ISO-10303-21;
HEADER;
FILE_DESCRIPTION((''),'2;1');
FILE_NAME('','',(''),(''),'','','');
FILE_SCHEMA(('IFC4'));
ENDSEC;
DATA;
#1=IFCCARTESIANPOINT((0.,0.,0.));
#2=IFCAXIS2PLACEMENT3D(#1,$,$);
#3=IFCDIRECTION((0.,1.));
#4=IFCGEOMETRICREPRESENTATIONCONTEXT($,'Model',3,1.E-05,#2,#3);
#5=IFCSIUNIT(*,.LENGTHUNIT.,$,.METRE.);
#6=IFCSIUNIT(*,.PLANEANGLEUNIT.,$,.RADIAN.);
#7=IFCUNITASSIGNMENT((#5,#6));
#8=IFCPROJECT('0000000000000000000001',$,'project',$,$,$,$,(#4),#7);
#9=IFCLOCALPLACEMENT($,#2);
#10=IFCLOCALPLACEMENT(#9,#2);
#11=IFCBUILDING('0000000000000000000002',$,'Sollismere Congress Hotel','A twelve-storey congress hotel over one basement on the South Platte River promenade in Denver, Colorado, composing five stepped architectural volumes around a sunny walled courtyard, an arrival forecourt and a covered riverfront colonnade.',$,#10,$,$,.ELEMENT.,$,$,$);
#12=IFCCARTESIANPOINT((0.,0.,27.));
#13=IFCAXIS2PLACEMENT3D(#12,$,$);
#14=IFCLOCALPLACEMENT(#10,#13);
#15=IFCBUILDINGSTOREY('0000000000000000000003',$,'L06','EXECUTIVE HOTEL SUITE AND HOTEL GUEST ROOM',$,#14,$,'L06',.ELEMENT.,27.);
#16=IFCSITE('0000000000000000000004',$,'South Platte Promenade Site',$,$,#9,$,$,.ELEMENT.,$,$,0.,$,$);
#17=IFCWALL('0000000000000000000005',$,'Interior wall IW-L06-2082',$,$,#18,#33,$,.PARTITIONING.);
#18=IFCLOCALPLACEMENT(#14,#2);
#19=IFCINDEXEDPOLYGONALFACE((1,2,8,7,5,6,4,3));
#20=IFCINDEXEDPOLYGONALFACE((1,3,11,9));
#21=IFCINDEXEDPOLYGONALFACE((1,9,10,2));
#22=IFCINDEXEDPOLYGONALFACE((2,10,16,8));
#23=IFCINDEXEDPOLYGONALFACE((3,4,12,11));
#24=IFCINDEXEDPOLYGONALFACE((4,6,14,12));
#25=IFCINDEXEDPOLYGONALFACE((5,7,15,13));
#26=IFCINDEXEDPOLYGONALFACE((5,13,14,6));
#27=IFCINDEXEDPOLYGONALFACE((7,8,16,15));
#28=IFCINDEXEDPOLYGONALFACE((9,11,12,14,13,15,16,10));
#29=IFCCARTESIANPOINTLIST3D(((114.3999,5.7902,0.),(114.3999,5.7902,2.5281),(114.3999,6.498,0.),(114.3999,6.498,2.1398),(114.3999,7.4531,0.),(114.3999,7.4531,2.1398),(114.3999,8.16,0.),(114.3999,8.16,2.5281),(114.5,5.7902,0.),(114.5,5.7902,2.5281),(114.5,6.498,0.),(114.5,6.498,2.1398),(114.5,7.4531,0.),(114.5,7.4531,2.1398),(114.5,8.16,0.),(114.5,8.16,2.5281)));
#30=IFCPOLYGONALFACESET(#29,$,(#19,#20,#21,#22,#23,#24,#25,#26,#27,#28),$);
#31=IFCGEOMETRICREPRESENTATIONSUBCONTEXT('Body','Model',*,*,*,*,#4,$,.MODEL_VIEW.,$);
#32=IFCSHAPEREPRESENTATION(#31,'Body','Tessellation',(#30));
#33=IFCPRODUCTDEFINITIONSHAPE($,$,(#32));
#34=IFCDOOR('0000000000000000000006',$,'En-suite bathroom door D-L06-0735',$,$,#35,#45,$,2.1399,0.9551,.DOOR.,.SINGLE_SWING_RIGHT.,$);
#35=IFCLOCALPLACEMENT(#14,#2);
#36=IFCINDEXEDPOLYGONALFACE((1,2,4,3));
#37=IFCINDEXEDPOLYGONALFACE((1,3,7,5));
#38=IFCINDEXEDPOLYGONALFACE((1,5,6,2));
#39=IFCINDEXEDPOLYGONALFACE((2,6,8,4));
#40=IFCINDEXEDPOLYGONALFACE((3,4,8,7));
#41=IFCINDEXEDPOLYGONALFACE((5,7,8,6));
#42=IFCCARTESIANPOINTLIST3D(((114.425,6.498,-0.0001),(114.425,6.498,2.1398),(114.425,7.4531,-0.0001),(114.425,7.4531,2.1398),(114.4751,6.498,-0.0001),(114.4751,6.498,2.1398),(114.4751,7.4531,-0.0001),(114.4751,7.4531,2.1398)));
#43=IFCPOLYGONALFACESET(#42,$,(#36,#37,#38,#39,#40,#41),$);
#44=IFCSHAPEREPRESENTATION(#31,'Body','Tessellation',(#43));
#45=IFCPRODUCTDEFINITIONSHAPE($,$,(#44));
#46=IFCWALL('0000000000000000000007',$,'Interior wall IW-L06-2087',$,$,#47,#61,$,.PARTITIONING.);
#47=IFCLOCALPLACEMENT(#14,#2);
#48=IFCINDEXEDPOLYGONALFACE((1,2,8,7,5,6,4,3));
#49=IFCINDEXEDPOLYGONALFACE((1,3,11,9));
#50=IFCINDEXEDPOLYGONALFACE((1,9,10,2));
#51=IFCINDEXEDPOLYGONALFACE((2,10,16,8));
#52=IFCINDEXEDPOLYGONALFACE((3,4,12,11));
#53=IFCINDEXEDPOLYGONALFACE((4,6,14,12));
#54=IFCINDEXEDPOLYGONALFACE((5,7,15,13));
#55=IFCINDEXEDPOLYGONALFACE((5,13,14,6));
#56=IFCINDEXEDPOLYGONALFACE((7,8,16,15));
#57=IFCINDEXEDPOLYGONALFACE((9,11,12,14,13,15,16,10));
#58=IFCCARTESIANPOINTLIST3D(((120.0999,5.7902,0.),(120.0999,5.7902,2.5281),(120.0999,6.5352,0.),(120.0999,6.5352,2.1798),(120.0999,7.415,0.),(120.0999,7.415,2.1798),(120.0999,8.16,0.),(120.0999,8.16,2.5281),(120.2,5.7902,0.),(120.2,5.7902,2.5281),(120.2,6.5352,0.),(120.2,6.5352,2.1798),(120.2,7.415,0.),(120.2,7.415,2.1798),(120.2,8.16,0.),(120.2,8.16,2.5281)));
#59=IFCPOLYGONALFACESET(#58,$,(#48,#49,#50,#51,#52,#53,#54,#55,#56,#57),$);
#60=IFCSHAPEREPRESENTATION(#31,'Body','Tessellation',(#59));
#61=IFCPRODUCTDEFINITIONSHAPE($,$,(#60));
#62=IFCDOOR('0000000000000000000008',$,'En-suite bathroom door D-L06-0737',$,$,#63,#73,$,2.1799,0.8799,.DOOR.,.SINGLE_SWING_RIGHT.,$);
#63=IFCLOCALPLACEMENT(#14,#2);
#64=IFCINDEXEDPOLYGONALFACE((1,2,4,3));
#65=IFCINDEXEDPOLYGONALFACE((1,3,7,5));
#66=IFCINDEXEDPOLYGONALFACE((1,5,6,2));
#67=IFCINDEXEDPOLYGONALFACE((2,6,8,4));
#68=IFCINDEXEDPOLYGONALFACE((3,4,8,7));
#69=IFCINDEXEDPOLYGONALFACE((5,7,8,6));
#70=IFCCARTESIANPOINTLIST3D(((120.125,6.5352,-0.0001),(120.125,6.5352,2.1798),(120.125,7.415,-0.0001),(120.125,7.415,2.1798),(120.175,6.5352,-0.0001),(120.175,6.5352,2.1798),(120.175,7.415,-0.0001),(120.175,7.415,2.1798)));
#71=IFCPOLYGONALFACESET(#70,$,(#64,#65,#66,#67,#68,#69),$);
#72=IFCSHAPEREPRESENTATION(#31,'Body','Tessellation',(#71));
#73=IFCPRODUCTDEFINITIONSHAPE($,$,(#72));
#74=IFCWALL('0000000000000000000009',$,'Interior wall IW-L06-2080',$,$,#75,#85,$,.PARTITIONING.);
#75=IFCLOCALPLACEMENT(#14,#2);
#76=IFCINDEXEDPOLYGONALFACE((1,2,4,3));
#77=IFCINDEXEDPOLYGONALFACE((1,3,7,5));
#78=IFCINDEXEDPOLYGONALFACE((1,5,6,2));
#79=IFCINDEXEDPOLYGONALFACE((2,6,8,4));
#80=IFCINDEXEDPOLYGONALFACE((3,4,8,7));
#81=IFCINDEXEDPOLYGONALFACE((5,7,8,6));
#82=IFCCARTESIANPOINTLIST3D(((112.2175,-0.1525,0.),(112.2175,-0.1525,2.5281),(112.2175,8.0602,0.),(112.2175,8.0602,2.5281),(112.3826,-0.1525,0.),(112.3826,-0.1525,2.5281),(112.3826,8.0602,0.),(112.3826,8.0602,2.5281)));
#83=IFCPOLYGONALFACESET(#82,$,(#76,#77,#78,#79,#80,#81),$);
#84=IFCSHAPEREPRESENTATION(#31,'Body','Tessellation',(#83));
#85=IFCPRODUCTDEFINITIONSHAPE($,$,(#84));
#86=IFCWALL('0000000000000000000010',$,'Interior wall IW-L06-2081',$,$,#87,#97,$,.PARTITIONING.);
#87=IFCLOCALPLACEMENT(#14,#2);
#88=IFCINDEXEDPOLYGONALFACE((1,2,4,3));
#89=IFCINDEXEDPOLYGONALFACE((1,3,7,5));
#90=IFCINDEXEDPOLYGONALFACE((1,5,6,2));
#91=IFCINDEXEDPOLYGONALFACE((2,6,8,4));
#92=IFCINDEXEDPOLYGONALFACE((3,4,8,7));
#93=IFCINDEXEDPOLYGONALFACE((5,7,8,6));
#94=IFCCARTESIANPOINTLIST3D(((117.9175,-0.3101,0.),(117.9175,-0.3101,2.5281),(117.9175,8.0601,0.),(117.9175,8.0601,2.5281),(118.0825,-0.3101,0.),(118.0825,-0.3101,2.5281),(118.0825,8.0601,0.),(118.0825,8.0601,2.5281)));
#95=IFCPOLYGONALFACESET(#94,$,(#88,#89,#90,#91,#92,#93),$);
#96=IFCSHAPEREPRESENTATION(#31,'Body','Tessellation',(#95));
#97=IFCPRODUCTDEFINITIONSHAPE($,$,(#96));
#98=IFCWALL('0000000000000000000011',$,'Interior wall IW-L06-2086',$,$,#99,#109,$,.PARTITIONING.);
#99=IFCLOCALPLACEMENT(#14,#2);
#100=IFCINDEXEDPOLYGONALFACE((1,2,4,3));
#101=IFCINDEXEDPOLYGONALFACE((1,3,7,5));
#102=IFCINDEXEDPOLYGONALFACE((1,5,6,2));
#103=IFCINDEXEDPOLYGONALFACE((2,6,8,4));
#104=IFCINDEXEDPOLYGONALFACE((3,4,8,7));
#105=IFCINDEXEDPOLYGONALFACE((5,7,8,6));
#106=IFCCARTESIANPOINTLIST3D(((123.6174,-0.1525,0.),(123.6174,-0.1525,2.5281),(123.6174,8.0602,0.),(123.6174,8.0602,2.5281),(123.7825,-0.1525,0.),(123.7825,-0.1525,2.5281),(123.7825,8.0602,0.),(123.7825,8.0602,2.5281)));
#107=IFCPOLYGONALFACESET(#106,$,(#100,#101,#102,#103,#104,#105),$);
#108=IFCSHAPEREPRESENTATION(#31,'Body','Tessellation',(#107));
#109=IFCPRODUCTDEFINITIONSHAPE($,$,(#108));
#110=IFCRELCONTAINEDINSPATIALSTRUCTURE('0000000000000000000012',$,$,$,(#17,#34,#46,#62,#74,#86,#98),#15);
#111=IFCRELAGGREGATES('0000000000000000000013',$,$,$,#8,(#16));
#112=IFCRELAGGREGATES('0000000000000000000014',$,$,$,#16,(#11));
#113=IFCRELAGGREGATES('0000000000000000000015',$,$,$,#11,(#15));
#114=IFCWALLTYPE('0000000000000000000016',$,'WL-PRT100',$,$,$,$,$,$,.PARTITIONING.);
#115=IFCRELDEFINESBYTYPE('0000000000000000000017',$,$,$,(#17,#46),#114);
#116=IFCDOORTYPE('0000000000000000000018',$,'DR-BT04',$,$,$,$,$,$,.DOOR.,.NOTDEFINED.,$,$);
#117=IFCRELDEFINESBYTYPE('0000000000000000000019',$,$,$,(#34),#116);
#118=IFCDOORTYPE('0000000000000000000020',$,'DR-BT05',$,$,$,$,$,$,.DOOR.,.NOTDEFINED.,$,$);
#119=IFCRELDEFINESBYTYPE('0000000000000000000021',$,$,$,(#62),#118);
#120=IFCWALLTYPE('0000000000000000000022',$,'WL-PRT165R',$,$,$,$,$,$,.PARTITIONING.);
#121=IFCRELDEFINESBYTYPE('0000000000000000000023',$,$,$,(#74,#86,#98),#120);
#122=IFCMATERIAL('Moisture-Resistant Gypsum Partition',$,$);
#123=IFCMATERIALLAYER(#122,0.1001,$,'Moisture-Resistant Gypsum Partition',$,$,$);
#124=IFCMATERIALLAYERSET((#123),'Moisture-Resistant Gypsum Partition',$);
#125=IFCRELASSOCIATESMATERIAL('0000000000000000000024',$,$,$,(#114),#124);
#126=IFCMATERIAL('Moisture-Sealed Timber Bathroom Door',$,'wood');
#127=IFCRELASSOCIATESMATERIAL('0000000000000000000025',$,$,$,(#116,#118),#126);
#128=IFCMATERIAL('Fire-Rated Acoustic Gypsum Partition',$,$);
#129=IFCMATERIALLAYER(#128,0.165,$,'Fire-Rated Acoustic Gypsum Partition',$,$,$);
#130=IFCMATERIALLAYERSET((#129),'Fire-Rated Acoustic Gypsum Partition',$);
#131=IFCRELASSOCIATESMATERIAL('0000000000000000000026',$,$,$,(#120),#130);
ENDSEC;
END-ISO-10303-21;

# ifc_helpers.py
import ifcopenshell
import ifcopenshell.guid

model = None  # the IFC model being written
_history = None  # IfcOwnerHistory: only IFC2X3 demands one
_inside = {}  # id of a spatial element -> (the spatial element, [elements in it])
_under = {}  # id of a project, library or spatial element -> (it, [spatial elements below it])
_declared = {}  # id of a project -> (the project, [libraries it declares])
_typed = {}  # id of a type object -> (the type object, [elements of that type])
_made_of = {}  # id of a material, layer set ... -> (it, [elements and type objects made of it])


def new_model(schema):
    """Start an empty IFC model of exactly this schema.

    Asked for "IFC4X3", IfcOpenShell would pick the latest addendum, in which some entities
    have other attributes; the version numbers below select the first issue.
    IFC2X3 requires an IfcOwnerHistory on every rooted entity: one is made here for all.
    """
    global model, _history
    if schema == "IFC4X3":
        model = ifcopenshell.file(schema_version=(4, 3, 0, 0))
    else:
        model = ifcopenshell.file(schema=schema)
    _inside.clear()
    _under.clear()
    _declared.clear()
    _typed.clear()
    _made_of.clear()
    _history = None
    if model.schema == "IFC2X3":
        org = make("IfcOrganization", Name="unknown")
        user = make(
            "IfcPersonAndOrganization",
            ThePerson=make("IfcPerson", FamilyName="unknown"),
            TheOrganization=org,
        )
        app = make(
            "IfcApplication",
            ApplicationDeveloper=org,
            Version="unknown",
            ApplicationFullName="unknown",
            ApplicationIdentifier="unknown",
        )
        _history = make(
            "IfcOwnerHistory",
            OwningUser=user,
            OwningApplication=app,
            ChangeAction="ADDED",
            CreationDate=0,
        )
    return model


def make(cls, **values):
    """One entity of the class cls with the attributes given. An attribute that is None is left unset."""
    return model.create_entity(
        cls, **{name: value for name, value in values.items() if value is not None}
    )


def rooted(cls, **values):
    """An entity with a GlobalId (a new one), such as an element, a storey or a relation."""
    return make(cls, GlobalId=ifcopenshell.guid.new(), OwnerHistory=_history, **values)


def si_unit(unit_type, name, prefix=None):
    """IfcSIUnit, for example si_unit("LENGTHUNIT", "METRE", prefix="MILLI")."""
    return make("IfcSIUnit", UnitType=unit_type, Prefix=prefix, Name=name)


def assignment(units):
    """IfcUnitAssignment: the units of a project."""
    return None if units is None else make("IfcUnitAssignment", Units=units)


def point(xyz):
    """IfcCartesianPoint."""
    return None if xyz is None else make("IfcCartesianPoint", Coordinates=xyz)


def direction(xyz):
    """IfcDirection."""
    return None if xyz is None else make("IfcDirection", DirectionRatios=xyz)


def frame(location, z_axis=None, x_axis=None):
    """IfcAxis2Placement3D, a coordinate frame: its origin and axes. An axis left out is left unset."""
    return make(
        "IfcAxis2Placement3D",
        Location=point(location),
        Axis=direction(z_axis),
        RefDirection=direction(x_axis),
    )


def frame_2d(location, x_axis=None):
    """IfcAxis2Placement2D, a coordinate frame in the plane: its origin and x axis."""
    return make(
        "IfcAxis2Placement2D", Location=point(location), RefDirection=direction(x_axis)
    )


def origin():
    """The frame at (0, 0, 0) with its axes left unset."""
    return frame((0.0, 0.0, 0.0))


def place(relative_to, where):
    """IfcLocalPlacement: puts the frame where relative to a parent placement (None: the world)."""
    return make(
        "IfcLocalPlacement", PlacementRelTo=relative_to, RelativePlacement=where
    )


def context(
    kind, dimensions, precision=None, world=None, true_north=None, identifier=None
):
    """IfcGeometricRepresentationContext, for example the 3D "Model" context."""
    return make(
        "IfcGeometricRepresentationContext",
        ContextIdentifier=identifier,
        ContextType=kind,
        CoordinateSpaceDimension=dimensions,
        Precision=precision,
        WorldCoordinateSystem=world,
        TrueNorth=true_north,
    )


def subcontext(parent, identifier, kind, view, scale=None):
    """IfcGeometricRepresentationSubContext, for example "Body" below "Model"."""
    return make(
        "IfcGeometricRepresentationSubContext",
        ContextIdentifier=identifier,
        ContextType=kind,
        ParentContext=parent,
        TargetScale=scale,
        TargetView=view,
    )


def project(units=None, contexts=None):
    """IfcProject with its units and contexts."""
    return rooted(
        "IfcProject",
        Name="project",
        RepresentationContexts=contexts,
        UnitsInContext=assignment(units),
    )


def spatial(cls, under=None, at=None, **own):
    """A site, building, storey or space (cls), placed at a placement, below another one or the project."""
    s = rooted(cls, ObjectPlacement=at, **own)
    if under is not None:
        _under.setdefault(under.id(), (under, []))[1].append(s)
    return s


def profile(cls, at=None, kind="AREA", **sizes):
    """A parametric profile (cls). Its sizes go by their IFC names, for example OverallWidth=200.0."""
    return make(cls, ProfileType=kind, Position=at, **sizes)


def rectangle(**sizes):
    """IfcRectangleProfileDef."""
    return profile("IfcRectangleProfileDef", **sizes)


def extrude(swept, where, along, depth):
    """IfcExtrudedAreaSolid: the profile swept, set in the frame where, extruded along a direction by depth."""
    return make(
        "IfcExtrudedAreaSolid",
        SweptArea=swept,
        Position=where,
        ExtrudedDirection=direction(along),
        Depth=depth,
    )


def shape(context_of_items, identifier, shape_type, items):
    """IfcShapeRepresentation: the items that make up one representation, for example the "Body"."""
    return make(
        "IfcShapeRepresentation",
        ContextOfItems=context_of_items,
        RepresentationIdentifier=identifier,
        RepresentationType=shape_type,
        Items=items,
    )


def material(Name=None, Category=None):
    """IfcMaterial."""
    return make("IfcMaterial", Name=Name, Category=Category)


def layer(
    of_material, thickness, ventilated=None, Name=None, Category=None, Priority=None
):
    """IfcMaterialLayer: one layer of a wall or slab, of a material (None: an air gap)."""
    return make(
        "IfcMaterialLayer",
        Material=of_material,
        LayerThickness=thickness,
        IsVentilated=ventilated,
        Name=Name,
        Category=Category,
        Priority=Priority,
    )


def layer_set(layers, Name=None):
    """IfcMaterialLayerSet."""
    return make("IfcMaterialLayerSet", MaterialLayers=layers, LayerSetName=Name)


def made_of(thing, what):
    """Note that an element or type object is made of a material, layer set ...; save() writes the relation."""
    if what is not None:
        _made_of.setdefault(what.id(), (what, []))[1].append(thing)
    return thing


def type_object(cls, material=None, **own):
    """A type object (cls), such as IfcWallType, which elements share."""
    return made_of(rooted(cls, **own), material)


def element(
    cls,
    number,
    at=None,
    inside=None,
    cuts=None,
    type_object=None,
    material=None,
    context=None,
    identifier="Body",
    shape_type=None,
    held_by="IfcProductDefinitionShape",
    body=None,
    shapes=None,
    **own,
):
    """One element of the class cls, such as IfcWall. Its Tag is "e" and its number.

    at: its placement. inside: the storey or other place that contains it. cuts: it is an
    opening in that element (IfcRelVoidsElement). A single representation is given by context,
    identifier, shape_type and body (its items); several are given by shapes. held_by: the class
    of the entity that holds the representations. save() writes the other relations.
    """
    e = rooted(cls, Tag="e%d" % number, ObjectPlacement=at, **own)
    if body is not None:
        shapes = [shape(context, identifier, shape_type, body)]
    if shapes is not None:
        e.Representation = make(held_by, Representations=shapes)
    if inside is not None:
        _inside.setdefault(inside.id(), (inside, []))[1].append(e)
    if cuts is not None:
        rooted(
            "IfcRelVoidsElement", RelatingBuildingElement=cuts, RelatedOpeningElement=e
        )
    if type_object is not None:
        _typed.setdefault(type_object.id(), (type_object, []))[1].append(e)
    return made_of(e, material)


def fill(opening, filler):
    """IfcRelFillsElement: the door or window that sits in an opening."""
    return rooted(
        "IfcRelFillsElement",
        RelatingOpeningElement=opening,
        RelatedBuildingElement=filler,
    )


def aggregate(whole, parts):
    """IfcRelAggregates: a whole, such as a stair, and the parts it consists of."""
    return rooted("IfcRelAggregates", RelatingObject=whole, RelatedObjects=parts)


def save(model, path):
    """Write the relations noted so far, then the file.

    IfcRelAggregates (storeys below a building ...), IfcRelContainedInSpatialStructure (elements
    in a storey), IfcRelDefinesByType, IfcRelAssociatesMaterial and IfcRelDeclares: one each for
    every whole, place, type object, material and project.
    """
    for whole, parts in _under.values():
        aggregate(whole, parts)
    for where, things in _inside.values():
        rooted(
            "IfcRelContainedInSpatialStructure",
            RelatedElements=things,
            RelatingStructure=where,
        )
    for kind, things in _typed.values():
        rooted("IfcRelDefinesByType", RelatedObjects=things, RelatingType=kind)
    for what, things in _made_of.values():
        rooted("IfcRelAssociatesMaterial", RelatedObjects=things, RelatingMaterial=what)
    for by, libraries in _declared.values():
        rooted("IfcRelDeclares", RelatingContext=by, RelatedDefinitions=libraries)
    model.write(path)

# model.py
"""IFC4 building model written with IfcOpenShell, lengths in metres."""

from ifc_helpers import new_model, si_unit, direction, frame, frame_2d, origin, place, context, subcontext, project, spatial, rectangle, extrude, material, layer, layer_set, type_object, element, fill, save


model = new_model("IFC4")

# Units and contexts
model_context = context("Model", 3, precision=1e-05, world=origin(), true_north=direction((0.0, 1.0)))
body_context = subcontext(model_context, "Body", "Model", "MODEL_VIEW")
ifc_project = project(units=[si_unit("LENGTHUNIT", "METRE"), si_unit("PLANEANGLEUNIT", "RADIAN")], contexts=[model_context])

# Site, building, storey
site_placement = place(None, origin())
site = spatial("IfcSite", under=ifc_project, at=site_placement, Name="South Platte Promenade Site", CompositionType="ELEMENT", RefElevation=0.0)
building_placement = place(site_placement, origin())
building = spatial("IfcBuilding", under=site, at=building_placement, Name="Sollismere Congress Hotel", Description="A twelve-storey congress hotel over one basement on the South Platte River promenade in Denver, Colorado, composing five stepped architectural volumes around a sunny walled courtyard, an arrival forecourt and a covered riverfront colonnade.", CompositionType="ELEMENT")
storey_placement = place(building_placement, frame((0.0, 0.0, 27.0)))
storey = spatial("IfcBuildingStorey", under=building, at=storey_placement, Name="L06", Description="EXECUTIVE HOTEL SUITE AND HOTEL GUEST ROOM", LongName="L06", CompositionType="ELEMENT", Elevation=27.0)

# Walls, openings, doors
ifc_material_1 = material(Name="Moisture-Resistant Gypsum Partition")
ifc_layer_1 = layer(ifc_material_1, 0.1001, Name="Moisture-Resistant Gypsum Partition")
ifc_layer_set_1 = layer_set([ifc_layer_1], Name="Moisture-Resistant Gypsum Partition")
wall_type_1 = type_object("IfcWallType", Name="WL-PRT100", PredefinedType="PARTITIONING", material=ifc_layer_set_1)
wall_1_placement = place(storey_placement, frame((114.45, 5.79, 0.0), z_axis=(0.0, 0.0, 1.0), x_axis=(0.0, 1.0, 0.0)))
wall_1 = element("IfcWall", 1, at=wall_1_placement, inside=storey, type_object=wall_type_1, Name="Interior wall IW-L06-2082", PredefinedType="PARTITIONING", context=body_context, shape_type="SweptSolid", body=[
    extrude(rectangle(XDim=2.3699, YDim=0.1001, at=frame_2d((1.1851, 0.0))), origin(), (0.0, 0.0, 1.0), 2.5281),
])
opening_1_placement = place(wall_1_placement, frame((0.708, 0.0, 0.0)))
opening_1 = element("IfcOpeningElement", 2, at=opening_1_placement, cuts=wall_1, PredefinedType="OPENING", context=body_context, shape_type="SweptSolid", body=[
    extrude(rectangle(XDim=0.9551, YDim=2.1399, at=frame_2d((0.4775, 1.0698))), frame((0.0, 0.0601, 0.0), z_axis=(0.0, -1.0, 0.0), x_axis=(1.0, 0.0, 0.0)), (0.0, 0.0, 1.0), 0.1201),
])
ifc_material_2 = material(Name="Moisture-Sealed Timber Bathroom Door", Category="wood")
door_type_1 = type_object("IfcDoorType", Name="DR-BT04", OperationType="NOTDEFINED", PredefinedType="DOOR", material=ifc_material_2)
door_1_placement = place(opening_1_placement, origin())
door_1 = element("IfcDoor", 3, at=door_1_placement, inside=storey, type_object=door_type_1, Name="En-suite bathroom door D-L06-0735", OperationType="SINGLE_SWING_RIGHT", OverallHeight=2.1399, OverallWidth=0.9551, PredefinedType="DOOR", context=body_context, shape_type="SweptSolid", body=[
    extrude(rectangle(XDim=0.9551, YDim=2.1399, at=frame_2d((0.4775, 1.0698))), frame((0.0, 0.0249, 0.0), z_axis=(0.0, -1.0, 0.0), x_axis=(1.0, 0.0, 0.0)), (0.0, 0.0, 1.0), 0.05),
])
fill(opening_1, door_1)
wall_2_placement = place(storey_placement, frame((120.1499, 5.79, 0.0), z_axis=(0.0, 0.0, 1.0), x_axis=(0.0, 1.0, 0.0)))
wall_2 = element("IfcWall", 4, at=wall_2_placement, inside=storey, type_object=wall_type_1, Name="Interior wall IW-L06-2087", PredefinedType="PARTITIONING", context=body_context, shape_type="SweptSolid", body=[
    extrude(rectangle(XDim=2.3699, YDim=0.1001, at=frame_2d((1.1851, 0.0))), origin(), (0.0, 0.0, 1.0), 2.5281),
])
opening_2_placement = place(wall_2_placement, frame((0.7451, 0.0, 0.0)))
opening_2 = element("IfcOpeningElement", 5, at=opening_2_placement, cuts=wall_2, PredefinedType="OPENING", context=body_context, shape_type="SweptSolid", body=[
    extrude(rectangle(XDim=0.8799, YDim=2.1799, at=frame_2d((0.4399, 1.0898))), frame((0.0, 0.0601, 0.0), z_axis=(0.0, -1.0, 0.0), x_axis=(1.0, 0.0, 0.0)), (0.0, 0.0, 1.0), 0.1201),
])
door_type_2 = type_object("IfcDoorType", Name="DR-BT05", OperationType="NOTDEFINED", PredefinedType="DOOR", material=ifc_material_2)
door_2_placement = place(opening_2_placement, origin())
door_2 = element("IfcDoor", 6, at=door_2_placement, inside=storey, type_object=door_type_2, Name="En-suite bathroom door D-L06-0737", OperationType="SINGLE_SWING_RIGHT", OverallHeight=2.1799, OverallWidth=0.8799, PredefinedType="DOOR", context=body_context, shape_type="SweptSolid", body=[
    extrude(rectangle(XDim=0.8799, YDim=2.1799, at=frame_2d((0.4399, 1.0898))), frame((0.0, 0.0249, 0.0), z_axis=(0.0, -1.0, 0.0), x_axis=(1.0, 0.0, 0.0)), (0.0, 0.0, 1.0), 0.05),
])
fill(opening_2, door_2)

# Walls
ifc_material_3 = material(Name="Fire-Rated Acoustic Gypsum Partition")
ifc_layer_2 = layer(ifc_material_3, 0.165, Name="Fire-Rated Acoustic Gypsum Partition")
ifc_layer_set_2 = layer_set([ifc_layer_2], Name="Fire-Rated Acoustic Gypsum Partition")
wall_type_2 = type_object("IfcWallType", Name="WL-PRT165R", PredefinedType="PARTITIONING", material=ifc_layer_set_2)
wall_3_placement = place(storey_placement, frame((112.3, -0.1526, 0.0), z_axis=(0.0, 0.0, 1.0), x_axis=(0.0, 1.0, 0.0)))
element("IfcWall", 7, at=wall_3_placement, inside=storey, type_object=wall_type_2, Name="Interior wall IW-L06-2080", PredefinedType="PARTITIONING", context=body_context, shape_type="SweptSolid", body=[
    extrude(rectangle(XDim=8.2126, YDim=0.165, at=frame_2d((4.1064, 0.0))), origin(), (0.0, 0.0, 1.0), 2.5281),
])
wall_4_placement = place(storey_placement, frame((118.0, -0.3101, 0.0), z_axis=(0.0, 0.0, 1.0), x_axis=(0.0, 1.0, 0.0)))
element("IfcWall", 8, at=wall_4_placement, inside=storey, type_object=wall_type_2, Name="Interior wall IW-L06-2081", PredefinedType="PARTITIONING", context=body_context, shape_type="SweptSolid", body=[
    extrude(rectangle(XDim=8.3701, YDim=0.165, at=frame_2d((4.1851, 0.0))), origin(), (0.0, 0.0, 1.0), 2.5281),
])
wall_5_placement = place(storey_placement, frame((123.7, -0.1526, 0.0), z_axis=(0.0, 0.0, 1.0), x_axis=(0.0, 1.0, 0.0)))
element("IfcWall", 9, at=wall_5_placement, inside=storey, type_object=wall_type_2, Name="Interior wall IW-L06-2086", PredefinedType="PARTITIONING", context=body_context, shape_type="SweptSolid", body=[
    extrude(rectangle(XDim=8.2126, YDim=0.165, at=frame_2d((4.1064, 0.0))), origin(), (0.0, 0.0, 1.0), 2.5281),
])

save(model, "model.ifc")
